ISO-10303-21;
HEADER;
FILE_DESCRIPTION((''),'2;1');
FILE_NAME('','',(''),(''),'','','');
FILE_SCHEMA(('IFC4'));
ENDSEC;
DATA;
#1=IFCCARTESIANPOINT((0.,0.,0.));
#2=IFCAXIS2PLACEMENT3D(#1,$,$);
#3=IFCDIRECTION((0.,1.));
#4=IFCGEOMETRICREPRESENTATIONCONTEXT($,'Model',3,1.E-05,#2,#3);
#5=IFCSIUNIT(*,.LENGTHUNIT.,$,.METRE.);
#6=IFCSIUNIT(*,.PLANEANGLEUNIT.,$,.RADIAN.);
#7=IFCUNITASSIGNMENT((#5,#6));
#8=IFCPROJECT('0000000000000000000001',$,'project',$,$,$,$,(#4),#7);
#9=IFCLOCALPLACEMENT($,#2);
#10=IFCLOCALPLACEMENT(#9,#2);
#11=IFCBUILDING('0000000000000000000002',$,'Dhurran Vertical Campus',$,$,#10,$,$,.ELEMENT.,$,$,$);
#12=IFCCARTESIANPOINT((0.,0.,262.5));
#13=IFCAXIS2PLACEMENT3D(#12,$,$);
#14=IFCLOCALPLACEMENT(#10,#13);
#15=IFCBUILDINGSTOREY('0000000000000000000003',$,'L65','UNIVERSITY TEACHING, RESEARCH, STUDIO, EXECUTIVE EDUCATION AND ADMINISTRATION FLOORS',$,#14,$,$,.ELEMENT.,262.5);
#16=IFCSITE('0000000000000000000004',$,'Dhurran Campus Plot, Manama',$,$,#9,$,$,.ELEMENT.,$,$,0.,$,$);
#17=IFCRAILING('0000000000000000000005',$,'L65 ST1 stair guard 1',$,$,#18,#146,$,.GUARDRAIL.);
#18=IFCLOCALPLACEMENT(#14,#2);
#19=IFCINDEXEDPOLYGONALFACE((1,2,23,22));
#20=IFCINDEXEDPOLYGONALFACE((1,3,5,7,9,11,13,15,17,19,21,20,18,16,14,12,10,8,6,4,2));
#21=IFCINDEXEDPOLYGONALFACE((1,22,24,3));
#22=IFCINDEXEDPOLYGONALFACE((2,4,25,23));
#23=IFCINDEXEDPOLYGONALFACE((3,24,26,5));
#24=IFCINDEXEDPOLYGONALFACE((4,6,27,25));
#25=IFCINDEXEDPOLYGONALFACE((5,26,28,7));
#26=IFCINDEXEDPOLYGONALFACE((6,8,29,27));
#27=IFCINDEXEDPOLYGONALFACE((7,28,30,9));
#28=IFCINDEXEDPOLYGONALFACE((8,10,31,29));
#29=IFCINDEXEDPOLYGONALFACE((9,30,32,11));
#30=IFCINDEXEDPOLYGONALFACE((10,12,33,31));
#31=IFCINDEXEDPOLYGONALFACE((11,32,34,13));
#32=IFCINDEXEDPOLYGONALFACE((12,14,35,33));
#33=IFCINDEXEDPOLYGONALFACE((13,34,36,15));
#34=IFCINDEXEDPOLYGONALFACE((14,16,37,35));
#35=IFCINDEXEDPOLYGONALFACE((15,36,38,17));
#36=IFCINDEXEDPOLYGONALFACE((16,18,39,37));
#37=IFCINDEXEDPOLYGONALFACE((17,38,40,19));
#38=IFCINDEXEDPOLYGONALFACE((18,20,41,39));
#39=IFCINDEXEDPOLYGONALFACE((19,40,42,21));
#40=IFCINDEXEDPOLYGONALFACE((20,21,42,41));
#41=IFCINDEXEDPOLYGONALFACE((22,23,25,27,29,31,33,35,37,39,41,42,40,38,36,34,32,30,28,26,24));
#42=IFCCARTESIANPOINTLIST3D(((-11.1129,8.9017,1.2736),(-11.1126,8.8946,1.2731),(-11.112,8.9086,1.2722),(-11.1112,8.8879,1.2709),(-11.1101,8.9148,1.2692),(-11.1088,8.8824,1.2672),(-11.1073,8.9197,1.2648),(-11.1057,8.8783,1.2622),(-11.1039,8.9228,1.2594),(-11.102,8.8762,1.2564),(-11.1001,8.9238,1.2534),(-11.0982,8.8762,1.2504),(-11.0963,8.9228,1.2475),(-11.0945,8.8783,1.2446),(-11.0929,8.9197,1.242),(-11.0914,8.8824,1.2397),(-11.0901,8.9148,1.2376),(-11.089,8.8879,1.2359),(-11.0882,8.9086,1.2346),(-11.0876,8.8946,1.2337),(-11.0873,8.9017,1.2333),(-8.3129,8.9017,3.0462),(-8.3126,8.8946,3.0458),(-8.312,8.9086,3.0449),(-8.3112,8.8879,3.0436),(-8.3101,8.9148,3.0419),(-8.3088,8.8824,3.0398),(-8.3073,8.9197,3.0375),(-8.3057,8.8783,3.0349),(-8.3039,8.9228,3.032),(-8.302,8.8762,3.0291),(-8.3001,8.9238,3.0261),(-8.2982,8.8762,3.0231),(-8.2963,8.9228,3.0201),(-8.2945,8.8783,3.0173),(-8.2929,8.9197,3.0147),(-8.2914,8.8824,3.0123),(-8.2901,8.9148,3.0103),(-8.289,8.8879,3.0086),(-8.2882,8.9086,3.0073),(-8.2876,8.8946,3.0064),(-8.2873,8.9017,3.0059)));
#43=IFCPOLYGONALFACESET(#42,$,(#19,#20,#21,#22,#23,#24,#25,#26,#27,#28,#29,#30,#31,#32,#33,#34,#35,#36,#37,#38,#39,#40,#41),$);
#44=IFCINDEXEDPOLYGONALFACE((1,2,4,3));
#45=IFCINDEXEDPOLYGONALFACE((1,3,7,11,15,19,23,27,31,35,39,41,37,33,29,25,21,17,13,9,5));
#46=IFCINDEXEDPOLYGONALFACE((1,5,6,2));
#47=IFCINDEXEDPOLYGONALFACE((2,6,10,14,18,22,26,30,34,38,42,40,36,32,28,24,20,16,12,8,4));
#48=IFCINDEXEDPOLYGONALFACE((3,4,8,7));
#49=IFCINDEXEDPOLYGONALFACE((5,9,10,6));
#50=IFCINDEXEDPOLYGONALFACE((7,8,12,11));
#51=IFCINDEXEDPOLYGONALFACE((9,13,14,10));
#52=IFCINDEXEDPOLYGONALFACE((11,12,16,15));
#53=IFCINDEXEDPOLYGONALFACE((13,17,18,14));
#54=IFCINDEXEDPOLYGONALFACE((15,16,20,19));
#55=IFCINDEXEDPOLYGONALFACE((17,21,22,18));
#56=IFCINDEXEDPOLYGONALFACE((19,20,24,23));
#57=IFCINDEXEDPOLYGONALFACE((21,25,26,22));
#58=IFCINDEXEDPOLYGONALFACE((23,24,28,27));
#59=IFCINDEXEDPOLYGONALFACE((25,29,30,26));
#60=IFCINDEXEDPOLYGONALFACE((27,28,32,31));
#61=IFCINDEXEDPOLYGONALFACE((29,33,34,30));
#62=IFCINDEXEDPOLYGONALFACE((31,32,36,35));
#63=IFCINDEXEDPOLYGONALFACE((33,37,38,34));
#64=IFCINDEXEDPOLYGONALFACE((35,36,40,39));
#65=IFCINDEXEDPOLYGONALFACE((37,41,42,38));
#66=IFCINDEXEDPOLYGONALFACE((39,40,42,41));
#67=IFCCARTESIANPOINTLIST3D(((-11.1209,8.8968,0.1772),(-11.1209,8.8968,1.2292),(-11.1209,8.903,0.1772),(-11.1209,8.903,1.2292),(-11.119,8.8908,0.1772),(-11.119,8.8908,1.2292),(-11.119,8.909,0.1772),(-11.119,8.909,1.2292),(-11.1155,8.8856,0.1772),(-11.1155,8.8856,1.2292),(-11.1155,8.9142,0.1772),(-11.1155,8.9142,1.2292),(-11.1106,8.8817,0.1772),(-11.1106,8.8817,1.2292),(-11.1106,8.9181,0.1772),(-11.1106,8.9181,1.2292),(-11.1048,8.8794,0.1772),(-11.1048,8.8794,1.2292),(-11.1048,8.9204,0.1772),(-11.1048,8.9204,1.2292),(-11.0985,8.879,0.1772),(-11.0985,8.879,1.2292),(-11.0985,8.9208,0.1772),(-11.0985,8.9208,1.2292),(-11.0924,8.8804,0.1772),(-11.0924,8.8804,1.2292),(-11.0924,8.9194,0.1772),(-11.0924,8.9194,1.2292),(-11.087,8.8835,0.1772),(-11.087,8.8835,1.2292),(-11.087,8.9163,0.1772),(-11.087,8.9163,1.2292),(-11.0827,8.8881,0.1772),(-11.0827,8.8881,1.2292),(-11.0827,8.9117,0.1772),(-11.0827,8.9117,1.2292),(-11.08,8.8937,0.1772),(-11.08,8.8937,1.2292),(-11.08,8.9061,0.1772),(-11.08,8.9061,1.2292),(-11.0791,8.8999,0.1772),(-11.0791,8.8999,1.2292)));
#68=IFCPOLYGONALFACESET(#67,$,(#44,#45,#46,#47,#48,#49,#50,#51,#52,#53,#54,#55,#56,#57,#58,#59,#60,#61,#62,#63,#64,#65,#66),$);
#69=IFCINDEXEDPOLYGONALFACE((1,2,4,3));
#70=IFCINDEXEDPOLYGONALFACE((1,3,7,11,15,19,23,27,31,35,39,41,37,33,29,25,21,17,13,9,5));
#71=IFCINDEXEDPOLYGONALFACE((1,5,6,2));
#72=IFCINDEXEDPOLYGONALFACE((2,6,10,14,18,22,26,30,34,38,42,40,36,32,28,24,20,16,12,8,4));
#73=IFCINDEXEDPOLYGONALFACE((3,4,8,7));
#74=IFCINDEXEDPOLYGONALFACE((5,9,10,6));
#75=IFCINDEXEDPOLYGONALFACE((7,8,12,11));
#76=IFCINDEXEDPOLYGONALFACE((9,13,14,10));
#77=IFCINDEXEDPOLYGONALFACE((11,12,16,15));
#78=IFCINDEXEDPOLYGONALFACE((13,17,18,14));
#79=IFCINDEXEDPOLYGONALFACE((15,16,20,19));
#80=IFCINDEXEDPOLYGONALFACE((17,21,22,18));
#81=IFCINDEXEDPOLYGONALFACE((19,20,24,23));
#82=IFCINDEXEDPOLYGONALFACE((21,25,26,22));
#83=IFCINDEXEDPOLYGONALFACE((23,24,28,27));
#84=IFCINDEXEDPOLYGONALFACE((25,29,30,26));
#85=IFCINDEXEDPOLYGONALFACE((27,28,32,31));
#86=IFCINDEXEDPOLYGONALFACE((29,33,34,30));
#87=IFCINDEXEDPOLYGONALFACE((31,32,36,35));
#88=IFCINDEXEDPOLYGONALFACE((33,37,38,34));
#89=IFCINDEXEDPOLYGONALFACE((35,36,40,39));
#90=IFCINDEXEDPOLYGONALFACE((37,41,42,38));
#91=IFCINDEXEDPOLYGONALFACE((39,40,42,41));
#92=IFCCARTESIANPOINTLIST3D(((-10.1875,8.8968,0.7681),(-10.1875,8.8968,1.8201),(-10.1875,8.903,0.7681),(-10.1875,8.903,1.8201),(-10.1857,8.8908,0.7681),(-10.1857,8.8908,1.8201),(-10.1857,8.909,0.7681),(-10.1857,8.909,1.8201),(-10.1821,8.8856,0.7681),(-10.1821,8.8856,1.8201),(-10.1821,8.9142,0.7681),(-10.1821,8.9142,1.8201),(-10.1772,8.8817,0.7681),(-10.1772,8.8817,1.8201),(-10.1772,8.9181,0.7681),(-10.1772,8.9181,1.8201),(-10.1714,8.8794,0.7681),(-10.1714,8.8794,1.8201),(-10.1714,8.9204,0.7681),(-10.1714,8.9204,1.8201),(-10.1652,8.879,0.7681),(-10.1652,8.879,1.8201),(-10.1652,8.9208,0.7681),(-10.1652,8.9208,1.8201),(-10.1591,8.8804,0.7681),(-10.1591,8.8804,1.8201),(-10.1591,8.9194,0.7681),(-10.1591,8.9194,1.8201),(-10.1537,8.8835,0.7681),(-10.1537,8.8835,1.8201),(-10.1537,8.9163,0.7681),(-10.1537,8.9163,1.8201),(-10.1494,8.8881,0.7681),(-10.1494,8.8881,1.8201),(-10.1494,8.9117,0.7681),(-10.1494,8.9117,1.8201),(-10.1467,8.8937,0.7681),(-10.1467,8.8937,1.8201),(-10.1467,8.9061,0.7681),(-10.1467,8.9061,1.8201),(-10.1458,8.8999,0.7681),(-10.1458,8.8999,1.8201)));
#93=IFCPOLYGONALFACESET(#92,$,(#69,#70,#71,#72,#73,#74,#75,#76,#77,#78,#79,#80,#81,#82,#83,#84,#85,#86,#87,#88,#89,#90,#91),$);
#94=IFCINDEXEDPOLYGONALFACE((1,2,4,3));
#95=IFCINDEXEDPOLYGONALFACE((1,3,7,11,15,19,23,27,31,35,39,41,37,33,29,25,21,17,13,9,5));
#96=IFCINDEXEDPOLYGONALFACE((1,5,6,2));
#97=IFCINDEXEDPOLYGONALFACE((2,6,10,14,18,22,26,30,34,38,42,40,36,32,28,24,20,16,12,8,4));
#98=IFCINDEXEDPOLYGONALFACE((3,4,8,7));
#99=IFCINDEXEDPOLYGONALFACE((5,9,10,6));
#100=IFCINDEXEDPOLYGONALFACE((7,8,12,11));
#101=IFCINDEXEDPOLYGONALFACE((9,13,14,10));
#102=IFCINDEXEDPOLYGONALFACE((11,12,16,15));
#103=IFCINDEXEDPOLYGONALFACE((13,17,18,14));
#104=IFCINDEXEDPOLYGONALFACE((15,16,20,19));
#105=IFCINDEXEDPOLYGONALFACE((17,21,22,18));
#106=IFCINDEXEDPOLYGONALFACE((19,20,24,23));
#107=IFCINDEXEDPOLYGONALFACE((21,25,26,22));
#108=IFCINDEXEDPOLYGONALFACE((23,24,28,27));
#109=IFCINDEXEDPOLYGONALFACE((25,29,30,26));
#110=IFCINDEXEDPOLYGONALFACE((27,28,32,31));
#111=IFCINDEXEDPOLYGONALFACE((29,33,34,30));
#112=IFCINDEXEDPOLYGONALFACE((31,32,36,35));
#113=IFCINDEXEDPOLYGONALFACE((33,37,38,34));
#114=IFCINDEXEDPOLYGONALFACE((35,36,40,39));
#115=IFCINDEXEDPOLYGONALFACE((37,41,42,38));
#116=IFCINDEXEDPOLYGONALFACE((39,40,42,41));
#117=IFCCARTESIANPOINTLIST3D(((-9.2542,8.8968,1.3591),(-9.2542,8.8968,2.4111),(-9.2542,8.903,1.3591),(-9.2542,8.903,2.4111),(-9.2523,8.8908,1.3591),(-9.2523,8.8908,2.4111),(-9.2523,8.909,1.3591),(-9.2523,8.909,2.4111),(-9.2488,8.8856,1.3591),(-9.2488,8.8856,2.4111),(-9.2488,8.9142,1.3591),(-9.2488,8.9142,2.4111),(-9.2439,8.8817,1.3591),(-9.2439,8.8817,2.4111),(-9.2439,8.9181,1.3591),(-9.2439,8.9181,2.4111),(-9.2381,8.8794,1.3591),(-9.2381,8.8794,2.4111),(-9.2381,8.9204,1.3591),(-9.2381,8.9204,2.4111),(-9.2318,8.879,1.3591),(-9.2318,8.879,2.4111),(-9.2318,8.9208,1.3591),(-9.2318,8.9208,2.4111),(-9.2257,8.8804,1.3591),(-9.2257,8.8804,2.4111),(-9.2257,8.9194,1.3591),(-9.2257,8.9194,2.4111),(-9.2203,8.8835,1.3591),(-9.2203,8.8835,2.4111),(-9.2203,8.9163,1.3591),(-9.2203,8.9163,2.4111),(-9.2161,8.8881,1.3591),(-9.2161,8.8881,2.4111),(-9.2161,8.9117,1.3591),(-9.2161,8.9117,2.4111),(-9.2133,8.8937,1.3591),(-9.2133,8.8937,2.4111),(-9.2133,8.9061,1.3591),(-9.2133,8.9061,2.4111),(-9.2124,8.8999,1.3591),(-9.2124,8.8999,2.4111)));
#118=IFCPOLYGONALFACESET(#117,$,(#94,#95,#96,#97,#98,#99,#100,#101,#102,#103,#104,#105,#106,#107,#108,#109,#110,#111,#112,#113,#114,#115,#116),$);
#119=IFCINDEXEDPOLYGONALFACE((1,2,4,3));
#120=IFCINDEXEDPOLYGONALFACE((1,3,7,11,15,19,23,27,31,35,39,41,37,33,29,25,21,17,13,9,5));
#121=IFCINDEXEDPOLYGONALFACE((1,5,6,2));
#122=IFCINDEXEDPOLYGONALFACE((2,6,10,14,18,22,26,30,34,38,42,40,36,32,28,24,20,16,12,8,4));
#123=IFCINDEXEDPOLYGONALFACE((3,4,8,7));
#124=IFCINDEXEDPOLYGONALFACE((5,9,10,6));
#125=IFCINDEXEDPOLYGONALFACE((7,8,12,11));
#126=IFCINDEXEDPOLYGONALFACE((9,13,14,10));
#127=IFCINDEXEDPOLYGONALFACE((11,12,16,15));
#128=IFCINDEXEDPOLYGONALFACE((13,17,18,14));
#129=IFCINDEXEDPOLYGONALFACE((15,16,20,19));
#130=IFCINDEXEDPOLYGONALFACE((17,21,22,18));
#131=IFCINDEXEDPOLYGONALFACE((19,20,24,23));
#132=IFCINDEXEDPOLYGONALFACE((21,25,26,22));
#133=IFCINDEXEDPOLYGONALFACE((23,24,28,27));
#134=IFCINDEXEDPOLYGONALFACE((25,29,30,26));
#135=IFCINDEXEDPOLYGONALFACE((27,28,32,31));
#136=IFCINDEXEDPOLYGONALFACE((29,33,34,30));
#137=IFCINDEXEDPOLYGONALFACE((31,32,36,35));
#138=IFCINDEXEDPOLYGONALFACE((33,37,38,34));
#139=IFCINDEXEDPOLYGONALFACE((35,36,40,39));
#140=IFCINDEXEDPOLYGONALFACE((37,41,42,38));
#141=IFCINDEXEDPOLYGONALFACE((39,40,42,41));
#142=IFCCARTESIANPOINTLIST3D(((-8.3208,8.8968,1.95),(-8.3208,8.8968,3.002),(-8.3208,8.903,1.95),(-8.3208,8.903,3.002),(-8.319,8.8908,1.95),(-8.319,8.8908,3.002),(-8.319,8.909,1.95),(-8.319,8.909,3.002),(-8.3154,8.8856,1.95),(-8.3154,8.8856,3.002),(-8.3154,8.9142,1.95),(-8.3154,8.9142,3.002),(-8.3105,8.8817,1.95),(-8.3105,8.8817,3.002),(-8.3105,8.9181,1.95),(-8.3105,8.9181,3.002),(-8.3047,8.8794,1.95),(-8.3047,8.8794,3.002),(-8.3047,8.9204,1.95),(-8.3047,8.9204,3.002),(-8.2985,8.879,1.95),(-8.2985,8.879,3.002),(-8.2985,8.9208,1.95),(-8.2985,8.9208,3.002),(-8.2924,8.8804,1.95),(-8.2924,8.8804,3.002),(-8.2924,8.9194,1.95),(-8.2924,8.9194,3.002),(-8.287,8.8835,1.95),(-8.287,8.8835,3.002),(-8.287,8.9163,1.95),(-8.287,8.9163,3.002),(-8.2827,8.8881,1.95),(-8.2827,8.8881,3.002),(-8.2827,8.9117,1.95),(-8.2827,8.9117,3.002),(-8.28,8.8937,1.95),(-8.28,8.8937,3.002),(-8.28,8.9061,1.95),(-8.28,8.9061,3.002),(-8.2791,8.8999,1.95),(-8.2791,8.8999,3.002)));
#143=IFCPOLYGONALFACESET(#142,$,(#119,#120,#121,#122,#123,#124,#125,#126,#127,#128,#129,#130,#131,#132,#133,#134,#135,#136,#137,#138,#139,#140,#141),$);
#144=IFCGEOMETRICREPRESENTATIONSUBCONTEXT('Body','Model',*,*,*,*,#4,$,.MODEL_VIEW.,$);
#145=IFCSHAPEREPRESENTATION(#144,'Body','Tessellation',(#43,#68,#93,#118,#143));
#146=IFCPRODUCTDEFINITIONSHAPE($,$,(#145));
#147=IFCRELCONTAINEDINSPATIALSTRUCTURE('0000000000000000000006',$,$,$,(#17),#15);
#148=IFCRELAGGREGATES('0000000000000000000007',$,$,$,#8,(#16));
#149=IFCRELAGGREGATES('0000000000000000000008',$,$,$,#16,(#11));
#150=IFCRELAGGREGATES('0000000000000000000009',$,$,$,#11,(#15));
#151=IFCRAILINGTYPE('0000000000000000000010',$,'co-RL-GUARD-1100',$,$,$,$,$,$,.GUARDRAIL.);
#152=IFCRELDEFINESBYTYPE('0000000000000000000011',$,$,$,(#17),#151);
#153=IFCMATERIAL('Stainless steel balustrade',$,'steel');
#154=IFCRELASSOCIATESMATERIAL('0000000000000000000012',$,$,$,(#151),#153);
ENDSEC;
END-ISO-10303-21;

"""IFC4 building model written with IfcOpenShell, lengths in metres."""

from ifc_helpers import new_model, si_unit, direction, frame, origin, origin_2d, place, context, subcontext, project, spatial, circle, extrude, material, type_object, element, save


model = new_model("IFC4")

# Units and contexts
model_context = context("Model", 3, precision=1e-05, world=origin(), true_north=direction((0.0, 1.0)))
body_context = subcontext(model_context, "Body", "Model", "MODEL_VIEW")
ifc_project = project(units=[si_unit("LENGTHUNIT", "METRE"), si_unit("PLANEANGLEUNIT", "RADIAN")], contexts=[model_context])

# Site, building, storey
site_placement = place(None, origin())
site = spatial("IfcSite", under=ifc_project, at=site_placement, Name="Dhurran Campus Plot, Manama", CompositionType="ELEMENT", RefElevation=0.0)
building_placement = place(site_placement, origin())
building = spatial("IfcBuilding", under=site, at=building_placement, Name="Dhurran Vertical Campus", CompositionType="ELEMENT")
storey_placement = place(building_placement, frame((0.0, 0.0, 262.5)))
storey = spatial("IfcBuildingStorey", under=building, at=storey_placement, Name="L65", Description="UNIVERSITY TEACHING, RESEARCH, STUDIO, EXECUTIVE EDUCATION AND ADMINISTRATION FLOORS", CompositionType="ELEMENT", Elevation=262.5)

# Railing
ifc_material_1 = material(Name="Stainless steel balustrade", Category="steel")
railing_type_1 = type_object("IfcRailingType", Name="co-RL-GUARD-1100", PredefinedType="GUARDRAIL", material=ifc_material_1)
railing_1_placement = place(storey_placement, frame((-11.1001, 8.8999, 0.1772)))
element("IfcRailing", 1, at=railing_1_placement, inside=storey, type_object=railing_type_1, Name="L65 ST1 stair guard 1", PredefinedType="GUARDRAIL", context=body_context, shape_type="SweptSolid", body=[
    extrude(circle(Radius=0.0239, at=origin_2d()), frame((0.0, 0.0, 1.0762), z_axis=(0.844909, 0.0, 0.53491), x_axis=(0.0, 1.0, 0.0)), (0.0, 0.0, 1.0), 3.314),
    extrude(circle(Radius=0.021, at=origin_2d()), origin(), (0.0, 0.0, 1.0), 1.052),
    extrude(circle(Radius=0.021, at=origin_2d()), frame((0.9333, 0.0, 0.5908)), (0.0, 0.0, 1.0), 1.052),
    extrude(circle(Radius=0.021, at=origin_2d()), frame((1.8667, 0.0, 1.1819)), (0.0, 0.0, 1.0), 1.052),
    extrude(circle(Radius=0.021, at=origin_2d()), frame((2.8, 0.0, 1.7727)), (0.0, 0.0, 1.0), 1.052),
])

save(model, "model.ifc")
